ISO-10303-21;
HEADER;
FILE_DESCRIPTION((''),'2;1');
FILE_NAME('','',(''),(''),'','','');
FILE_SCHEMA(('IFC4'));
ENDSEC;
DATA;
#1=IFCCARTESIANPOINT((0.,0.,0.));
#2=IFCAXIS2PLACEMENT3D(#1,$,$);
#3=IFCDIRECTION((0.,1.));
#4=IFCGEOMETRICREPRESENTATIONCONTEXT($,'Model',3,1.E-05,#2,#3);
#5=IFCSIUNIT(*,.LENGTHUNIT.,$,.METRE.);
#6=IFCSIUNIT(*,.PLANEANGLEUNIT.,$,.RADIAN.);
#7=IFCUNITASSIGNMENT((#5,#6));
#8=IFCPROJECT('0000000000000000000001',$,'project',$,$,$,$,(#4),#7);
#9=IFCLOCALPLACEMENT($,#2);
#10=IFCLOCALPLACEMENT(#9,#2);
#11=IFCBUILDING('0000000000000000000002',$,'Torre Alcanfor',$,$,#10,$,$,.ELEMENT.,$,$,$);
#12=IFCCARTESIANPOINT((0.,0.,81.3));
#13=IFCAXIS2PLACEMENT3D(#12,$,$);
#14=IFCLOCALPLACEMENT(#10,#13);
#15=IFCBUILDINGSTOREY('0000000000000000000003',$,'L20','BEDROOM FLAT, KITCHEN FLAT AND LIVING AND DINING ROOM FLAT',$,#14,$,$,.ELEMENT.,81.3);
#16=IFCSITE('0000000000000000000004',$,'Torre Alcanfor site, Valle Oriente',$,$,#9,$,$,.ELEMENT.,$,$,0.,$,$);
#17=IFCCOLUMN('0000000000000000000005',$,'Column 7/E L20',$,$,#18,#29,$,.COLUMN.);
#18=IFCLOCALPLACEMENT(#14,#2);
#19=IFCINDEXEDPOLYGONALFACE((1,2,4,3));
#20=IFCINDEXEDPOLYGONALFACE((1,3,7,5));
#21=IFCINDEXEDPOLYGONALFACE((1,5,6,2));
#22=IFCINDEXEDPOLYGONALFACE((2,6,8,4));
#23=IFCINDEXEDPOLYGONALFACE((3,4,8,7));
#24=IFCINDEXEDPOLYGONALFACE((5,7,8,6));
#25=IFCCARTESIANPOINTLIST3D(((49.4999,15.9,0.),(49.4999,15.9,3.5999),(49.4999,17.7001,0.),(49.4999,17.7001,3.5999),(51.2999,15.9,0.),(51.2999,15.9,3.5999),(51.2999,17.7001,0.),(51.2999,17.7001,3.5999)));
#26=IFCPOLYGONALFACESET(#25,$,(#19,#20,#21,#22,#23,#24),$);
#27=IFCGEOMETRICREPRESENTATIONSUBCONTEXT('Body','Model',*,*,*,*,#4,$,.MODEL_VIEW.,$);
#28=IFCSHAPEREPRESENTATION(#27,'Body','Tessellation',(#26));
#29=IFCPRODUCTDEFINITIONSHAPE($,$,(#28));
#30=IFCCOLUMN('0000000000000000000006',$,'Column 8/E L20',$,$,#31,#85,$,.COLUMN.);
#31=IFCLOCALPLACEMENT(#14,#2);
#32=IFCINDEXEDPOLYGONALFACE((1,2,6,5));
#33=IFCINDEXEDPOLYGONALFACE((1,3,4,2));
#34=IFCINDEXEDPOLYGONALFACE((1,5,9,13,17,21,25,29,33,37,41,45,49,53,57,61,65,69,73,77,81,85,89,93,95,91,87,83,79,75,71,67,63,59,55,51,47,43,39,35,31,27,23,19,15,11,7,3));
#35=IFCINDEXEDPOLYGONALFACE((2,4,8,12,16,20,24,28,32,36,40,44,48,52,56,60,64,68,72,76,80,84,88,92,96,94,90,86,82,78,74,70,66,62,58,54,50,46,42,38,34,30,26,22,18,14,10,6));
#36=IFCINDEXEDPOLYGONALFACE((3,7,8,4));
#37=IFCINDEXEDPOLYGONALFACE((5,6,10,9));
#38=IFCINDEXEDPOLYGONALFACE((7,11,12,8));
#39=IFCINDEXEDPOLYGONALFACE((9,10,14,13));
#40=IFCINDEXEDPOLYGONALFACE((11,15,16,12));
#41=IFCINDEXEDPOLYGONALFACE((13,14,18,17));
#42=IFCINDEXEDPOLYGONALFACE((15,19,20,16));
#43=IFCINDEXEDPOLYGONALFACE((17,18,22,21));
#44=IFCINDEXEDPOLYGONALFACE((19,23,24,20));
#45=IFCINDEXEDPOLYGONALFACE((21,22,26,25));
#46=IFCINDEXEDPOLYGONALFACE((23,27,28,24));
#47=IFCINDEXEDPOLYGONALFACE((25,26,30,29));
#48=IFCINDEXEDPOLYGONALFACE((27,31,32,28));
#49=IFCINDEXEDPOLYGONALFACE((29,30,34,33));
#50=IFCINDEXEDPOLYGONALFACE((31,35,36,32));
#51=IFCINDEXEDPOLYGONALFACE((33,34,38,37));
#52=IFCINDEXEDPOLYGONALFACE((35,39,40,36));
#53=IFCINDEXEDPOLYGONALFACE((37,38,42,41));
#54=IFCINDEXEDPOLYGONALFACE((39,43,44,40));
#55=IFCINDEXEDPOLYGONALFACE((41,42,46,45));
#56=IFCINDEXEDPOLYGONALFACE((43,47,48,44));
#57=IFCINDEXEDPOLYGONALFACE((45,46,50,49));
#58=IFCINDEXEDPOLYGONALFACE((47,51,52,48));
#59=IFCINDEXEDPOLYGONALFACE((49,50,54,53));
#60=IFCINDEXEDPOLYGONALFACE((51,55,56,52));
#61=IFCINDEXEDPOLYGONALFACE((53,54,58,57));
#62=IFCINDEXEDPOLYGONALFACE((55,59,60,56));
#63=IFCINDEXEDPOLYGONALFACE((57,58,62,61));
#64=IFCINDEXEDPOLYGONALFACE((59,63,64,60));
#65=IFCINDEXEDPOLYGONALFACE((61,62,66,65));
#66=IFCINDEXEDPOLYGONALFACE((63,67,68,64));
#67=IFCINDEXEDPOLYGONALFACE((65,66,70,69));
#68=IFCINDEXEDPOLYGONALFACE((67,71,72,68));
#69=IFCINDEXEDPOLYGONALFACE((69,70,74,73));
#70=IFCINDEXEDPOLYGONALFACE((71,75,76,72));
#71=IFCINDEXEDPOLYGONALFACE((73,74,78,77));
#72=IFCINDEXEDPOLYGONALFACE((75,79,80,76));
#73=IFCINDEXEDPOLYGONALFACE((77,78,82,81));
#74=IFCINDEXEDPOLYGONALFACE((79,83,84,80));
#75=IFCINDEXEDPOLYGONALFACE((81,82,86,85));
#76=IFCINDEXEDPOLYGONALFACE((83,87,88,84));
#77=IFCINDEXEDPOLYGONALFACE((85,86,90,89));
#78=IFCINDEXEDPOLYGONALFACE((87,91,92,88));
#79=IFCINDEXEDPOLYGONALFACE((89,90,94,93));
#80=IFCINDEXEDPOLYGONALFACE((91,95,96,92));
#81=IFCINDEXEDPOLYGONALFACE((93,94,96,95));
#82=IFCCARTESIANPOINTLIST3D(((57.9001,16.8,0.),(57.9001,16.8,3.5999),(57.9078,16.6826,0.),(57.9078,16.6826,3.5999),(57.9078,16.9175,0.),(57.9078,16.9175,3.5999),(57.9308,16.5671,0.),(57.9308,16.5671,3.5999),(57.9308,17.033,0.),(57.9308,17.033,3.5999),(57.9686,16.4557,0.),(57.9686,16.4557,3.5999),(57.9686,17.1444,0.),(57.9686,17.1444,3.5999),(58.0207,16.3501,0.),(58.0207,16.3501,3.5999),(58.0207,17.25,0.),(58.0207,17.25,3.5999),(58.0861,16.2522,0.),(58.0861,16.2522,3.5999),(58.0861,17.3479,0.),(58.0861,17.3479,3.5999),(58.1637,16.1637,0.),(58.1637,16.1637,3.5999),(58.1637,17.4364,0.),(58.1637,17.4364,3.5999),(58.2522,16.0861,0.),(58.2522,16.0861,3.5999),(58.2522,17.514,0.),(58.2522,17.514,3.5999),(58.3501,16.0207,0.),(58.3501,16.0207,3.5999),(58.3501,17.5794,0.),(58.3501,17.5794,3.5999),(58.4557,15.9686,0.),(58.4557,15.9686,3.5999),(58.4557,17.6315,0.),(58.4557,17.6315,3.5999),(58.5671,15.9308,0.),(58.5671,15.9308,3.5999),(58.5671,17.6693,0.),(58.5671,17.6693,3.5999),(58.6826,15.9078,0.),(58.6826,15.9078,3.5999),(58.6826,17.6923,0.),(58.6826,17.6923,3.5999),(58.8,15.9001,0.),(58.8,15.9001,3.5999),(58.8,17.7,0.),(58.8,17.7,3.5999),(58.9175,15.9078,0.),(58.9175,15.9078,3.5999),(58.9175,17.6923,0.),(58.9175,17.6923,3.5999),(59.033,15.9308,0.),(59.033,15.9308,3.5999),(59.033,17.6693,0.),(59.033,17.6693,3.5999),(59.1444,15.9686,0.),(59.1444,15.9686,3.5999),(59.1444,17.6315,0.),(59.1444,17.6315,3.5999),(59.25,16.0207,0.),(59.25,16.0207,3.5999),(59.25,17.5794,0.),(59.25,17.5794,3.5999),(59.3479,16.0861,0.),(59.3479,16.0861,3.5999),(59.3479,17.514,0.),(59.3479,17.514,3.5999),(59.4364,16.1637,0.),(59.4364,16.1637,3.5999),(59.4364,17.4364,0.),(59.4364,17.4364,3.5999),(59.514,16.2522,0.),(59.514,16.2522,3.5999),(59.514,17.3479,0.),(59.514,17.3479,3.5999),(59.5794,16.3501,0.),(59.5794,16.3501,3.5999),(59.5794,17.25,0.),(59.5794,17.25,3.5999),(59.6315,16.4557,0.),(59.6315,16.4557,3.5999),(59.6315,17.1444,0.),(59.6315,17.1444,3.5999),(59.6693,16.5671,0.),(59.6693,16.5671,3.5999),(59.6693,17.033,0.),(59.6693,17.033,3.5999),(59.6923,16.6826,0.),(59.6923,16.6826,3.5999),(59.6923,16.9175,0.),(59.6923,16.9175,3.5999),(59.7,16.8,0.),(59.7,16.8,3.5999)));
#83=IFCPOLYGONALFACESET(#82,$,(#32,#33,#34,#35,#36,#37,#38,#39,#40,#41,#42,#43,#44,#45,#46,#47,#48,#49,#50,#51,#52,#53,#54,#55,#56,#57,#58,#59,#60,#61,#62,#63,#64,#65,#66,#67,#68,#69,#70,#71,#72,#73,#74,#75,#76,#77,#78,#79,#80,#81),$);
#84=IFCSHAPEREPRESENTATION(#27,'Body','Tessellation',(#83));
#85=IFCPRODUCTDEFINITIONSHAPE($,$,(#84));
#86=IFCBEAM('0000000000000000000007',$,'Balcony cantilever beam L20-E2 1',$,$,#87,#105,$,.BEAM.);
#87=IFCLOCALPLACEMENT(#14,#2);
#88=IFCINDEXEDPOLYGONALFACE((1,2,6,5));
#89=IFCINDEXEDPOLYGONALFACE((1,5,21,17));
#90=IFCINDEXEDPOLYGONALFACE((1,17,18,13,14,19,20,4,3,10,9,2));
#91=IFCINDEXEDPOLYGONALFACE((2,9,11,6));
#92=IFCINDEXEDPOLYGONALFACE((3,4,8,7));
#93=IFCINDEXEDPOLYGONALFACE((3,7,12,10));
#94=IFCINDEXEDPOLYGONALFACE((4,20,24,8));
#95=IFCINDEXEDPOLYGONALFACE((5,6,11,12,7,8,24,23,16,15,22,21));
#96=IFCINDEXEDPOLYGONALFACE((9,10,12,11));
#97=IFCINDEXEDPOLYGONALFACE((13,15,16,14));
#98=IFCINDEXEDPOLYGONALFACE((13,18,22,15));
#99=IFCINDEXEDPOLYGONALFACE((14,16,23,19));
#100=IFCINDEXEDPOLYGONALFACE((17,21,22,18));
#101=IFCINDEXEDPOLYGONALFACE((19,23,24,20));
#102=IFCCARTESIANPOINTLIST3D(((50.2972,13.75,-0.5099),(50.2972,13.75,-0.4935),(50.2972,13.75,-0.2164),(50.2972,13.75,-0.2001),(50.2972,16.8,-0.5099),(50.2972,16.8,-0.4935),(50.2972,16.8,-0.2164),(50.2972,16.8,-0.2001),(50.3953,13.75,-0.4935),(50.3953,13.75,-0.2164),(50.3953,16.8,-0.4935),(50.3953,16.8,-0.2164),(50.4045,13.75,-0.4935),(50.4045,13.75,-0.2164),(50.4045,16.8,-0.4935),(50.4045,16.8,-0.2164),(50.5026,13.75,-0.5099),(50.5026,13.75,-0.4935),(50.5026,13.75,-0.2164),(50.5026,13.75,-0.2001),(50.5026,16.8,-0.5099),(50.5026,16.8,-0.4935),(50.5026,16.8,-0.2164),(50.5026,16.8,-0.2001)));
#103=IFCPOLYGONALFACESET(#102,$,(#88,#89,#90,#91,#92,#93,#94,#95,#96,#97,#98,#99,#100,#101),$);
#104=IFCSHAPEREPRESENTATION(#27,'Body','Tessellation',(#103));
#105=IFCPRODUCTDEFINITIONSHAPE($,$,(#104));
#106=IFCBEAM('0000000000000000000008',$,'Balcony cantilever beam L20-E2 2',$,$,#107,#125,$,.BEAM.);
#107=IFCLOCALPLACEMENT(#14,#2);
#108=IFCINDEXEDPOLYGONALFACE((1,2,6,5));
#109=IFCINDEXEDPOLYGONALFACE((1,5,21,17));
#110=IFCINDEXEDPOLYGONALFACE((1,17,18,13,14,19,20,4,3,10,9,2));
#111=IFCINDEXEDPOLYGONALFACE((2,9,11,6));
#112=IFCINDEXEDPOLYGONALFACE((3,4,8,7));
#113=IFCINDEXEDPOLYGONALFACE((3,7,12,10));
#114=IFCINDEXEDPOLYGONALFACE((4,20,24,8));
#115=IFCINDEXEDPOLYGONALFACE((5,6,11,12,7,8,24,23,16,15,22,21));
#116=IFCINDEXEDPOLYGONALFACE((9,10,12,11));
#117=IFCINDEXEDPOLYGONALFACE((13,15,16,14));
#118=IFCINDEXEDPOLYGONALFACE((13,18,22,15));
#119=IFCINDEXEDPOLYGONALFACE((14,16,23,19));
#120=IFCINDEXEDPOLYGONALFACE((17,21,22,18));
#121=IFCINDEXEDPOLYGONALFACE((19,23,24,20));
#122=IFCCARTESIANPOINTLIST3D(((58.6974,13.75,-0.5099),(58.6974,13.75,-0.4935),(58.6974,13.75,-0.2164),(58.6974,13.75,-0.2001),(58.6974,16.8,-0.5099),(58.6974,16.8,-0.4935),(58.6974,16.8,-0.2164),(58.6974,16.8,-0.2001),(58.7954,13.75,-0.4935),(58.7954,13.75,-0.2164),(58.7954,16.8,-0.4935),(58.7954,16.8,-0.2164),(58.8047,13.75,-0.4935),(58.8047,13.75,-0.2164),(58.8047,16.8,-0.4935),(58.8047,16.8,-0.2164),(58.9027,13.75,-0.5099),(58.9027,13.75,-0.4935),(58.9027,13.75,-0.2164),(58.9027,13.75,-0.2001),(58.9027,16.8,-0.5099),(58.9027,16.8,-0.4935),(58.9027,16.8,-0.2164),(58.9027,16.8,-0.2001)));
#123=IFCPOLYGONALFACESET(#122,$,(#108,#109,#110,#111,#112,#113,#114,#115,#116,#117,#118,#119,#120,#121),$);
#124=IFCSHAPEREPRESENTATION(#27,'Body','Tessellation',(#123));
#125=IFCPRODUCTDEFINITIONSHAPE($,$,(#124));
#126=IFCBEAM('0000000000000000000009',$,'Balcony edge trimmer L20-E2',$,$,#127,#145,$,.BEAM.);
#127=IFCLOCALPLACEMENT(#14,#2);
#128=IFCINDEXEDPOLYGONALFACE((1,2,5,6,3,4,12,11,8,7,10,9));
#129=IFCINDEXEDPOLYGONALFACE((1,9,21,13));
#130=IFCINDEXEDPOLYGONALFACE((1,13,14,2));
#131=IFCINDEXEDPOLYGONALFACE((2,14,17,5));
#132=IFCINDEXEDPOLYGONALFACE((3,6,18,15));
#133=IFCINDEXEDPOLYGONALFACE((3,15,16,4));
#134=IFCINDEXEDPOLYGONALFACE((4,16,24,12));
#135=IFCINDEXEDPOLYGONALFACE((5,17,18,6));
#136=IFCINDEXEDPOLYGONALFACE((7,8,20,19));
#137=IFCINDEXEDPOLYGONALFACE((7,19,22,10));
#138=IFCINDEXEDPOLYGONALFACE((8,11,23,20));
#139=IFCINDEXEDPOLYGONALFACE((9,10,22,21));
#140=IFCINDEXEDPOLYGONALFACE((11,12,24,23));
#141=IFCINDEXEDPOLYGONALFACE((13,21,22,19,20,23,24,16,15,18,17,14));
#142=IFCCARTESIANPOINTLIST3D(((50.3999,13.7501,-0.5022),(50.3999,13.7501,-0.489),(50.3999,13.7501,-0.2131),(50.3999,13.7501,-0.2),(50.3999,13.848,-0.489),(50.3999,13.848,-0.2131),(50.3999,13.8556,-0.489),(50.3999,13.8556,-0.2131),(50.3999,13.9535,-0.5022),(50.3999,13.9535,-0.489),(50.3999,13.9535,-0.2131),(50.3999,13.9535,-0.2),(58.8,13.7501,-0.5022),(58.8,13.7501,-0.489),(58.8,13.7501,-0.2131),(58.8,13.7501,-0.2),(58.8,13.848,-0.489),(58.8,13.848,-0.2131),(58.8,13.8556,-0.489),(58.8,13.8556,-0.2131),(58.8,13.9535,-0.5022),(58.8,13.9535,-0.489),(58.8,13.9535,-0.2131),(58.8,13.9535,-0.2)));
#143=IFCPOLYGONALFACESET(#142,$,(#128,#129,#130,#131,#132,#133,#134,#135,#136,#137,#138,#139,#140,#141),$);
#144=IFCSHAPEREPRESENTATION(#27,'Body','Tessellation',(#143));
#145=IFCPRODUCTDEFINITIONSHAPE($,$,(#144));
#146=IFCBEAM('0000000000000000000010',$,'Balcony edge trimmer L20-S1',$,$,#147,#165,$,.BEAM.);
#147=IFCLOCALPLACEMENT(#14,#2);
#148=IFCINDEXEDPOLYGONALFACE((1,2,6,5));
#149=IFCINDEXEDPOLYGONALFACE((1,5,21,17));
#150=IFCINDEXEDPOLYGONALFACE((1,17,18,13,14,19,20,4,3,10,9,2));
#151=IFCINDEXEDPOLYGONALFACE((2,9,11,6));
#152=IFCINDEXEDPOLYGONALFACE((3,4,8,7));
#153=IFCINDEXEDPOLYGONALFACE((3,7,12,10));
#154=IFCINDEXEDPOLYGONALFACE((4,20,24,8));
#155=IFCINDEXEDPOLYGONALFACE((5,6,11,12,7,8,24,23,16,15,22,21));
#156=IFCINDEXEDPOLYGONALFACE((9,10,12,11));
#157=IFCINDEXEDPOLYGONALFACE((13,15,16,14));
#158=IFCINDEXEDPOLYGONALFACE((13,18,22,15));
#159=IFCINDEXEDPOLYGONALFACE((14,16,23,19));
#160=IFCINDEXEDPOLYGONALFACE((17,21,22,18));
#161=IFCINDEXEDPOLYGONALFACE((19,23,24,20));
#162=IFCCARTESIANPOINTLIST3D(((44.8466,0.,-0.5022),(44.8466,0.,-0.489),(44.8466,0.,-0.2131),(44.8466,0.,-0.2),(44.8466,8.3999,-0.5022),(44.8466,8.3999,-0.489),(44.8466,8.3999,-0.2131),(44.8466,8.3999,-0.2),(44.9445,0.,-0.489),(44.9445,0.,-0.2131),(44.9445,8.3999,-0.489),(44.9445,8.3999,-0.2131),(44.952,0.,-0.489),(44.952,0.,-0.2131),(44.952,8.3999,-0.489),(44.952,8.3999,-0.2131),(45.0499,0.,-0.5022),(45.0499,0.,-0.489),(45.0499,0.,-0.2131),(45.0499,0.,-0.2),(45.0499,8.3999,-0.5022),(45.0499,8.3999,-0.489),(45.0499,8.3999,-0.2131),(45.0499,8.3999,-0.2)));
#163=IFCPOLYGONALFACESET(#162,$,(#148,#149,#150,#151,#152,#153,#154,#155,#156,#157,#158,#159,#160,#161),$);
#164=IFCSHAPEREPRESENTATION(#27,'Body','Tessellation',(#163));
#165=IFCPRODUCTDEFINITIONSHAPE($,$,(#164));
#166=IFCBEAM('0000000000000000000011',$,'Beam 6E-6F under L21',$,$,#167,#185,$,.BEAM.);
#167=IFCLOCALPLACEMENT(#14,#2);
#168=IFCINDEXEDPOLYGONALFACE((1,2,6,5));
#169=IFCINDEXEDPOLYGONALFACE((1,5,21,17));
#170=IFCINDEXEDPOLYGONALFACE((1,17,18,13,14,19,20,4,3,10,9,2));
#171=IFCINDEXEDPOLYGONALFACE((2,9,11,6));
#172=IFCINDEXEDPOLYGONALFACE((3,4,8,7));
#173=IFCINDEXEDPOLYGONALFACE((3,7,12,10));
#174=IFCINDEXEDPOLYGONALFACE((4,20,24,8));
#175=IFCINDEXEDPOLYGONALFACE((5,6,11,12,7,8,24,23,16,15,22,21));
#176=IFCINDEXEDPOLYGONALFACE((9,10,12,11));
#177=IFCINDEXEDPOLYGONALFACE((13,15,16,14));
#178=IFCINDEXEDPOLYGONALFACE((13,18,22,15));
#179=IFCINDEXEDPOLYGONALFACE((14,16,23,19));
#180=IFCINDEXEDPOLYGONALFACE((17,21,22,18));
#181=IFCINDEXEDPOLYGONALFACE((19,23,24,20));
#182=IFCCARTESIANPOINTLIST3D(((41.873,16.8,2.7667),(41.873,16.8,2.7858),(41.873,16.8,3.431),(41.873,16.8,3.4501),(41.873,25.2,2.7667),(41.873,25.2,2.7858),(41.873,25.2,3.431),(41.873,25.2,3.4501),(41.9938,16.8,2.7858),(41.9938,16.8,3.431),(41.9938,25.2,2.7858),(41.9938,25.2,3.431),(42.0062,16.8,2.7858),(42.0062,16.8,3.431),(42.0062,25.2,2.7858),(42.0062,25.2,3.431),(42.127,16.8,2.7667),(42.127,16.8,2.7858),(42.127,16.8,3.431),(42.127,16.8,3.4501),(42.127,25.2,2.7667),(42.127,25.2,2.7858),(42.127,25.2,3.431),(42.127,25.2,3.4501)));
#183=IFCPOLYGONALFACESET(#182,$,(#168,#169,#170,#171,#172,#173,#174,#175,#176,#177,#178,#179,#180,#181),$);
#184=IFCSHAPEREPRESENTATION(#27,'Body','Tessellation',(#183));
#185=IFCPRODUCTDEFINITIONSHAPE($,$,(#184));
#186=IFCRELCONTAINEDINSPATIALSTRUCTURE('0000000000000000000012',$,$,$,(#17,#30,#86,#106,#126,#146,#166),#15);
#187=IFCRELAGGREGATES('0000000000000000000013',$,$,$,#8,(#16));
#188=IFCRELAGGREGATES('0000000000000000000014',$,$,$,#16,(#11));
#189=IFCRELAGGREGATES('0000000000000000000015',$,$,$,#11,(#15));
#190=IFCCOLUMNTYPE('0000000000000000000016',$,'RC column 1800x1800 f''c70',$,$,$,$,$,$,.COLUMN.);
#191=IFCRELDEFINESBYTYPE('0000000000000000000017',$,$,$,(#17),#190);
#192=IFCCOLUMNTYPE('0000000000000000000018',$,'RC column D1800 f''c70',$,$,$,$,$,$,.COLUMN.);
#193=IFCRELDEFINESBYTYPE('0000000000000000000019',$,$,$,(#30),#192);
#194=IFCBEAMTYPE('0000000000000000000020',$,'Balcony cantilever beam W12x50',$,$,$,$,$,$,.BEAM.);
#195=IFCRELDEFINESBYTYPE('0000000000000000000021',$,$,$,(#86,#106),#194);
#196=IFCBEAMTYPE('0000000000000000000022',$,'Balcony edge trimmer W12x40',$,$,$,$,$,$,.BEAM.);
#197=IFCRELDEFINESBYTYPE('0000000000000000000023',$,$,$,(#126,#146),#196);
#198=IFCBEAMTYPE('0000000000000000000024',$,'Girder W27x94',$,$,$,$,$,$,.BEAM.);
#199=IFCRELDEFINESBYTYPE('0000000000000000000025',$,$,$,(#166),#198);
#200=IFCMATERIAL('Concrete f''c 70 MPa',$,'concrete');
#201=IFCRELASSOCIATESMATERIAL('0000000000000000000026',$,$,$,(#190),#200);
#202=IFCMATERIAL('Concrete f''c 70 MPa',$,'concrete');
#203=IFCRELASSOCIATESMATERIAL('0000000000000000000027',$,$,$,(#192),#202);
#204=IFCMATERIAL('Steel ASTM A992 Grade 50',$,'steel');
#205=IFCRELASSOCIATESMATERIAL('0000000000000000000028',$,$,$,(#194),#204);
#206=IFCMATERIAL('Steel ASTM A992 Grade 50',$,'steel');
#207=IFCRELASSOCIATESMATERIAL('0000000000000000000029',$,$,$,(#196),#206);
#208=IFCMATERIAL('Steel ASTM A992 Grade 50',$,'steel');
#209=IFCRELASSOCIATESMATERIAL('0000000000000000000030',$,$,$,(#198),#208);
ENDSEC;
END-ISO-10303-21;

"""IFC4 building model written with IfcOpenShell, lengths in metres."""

from ifc_helpers import new_model, si_unit, direction, frame, origin, origin_2d, place, context, subcontext, project, spatial, rectangle, circle, i_section, extrude, material, material_profile, profile_set, type_object, element, save


model = new_model("IFC4")

# Units and contexts
model_context = context("Model", 3, precision=1e-05, world=origin(), true_north=direction((0.0, 1.0)))
body_context = subcontext(model_context, "Body", "Model", "MODEL_VIEW")
ifc_project = project(units=[si_unit("LENGTHUNIT", "METRE"), si_unit("PLANEANGLEUNIT", "RADIAN")], contexts=[model_context])

# Site, building, storey
site_placement = place(None, origin())
site = spatial("IfcSite", under=ifc_project, at=site_placement, Name="Torre Alcanfor site, Valle Oriente", CompositionType="ELEMENT", RefElevation=0.0)
building_placement = place(site_placement, origin())
building = spatial("IfcBuilding", under=site, at=building_placement, Name="Torre Alcanfor", CompositionType="ELEMENT")
storey_placement = place(building_placement, frame((0.0, 0.0, 81.3)))
storey = spatial("IfcBuildingStorey", under=building, at=storey_placement, Name="L20", Description="BEDROOM FLAT, KITCHEN FLAT AND LIVING AND DINING ROOM FLAT", CompositionType="ELEMENT", Elevation=81.3)

# Columns
ifc_material_1 = material(Name="Concrete f'c 70 MPa", Category="concrete")
ifc_material_profile_1 = material_profile(ifc_material_1, rectangle(XDim=1.8, YDim=1.8, at=origin_2d()), Name="1800x1800")
ifc_profile_set_1 = profile_set([ifc_material_profile_1], Name="Concrete f'c 70 MPa")
column_type_1 = type_object("IfcColumnType", Name="RC column 1800x1800 f'c70", PredefinedType="COLUMN", material=ifc_profile_set_1)
column_1_placement = place(storey_placement, frame((50.3999, 16.8, 0.0), z_axis=(0.0, 0.0, 1.0), x_axis=(1.0, 0.0, 0.0)))
element("IfcColumn", 1, at=column_1_placement, inside=storey, type_object=column_type_1, Name="Column 7/E L20", PredefinedType="COLUMN", context=body_context, shape_type="SweptSolid", body=[
    extrude(rectangle(XDim=1.8, YDim=1.8, at=origin_2d()), origin(), (0.0, 0.0, 1.0), 3.5999),
])
ifc_material_2 = material(Name="Concrete f'c 70 MPa", Category="concrete")
ifc_material_profile_2 = material_profile(ifc_material_2, circle(Radius=0.8999, at=origin_2d()), Name="D1800")
ifc_profile_set_2 = profile_set([ifc_material_profile_2], Name="Concrete f'c 70 MPa")
column_type_2 = type_object("IfcColumnType", Name="RC column D1800 f'c70", PredefinedType="COLUMN", material=ifc_profile_set_2)
column_2_placement = place(storey_placement, frame((58.8, 16.8, 0.0), z_axis=(0.0, 0.0, 1.0), x_axis=(1.0, 0.0, 0.0)))
element("IfcColumn", 2, at=column_2_placement, inside=storey, type_object=column_type_2, Name="Column 8/E L20", PredefinedType="COLUMN", context=body_context, shape_type="SweptSolid", body=[
    extrude(circle(Radius=0.8999, at=origin_2d()), origin(), (0.0, 0.0, 1.0), 3.5999),
])

# Beams
ifc_material_3 = material(Name="Steel ASTM A992 Grade 50", Category="steel")
ifc_material_profile_3 = material_profile(ifc_material_3, i_section(OverallWidth=0.2053, OverallDepth=0.3098, WebThickness=0.0093, FlangeThickness=0.0164, at=origin_2d()), Name="W12x50")
ifc_profile_set_3 = profile_set([ifc_material_profile_3], Name="Steel ASTM A992 Grade 50")
beam_type_1 = type_object("IfcBeamType", Name="Balcony cantilever beam W12x50", PredefinedType="BEAM", material=ifc_profile_set_3)
for number, where, z_axis, x_axis, name in (
    (3, (50.3999, 16.8, -0.355), (0.0, -1.0, 0.0), (1.0, 0.0, 0.0), "Balcony cantilever beam L20-E2 1"),
    (4, (58.8, 16.8, -0.355), (0.0, -1.0, 0.0), (1.0, 0.0, 0.0), "Balcony cantilever beam L20-E2 2"),
):
    element("IfcBeam", number, at=place(storey_placement, frame(where, z_axis=z_axis, x_axis=x_axis)), inside=storey, type_object=beam_type_1, Name=name, PredefinedType="BEAM", context=body_context, shape_type="SweptSolid", body=[
        extrude(i_section(OverallWidth=0.2053, OverallDepth=0.3098, WebThickness=0.0093, FlangeThickness=0.0164, at=origin_2d()), origin(), (0.0, 0.0, 1.0), 3.05),
    ])
ifc_material_4 = material(Name="Steel ASTM A992 Grade 50", Category="steel")
ifc_material_profile_4 = material_profile(ifc_material_4, i_section(OverallWidth=0.2034, OverallDepth=0.3022, WebThickness=0.0076, FlangeThickness=0.0132, at=origin_2d()), Name="W12x40")
ifc_profile_set_4 = profile_set([ifc_material_profile_4], Name="Steel ASTM A992 Grade 50")
beam_type_2 = type_object("IfcBeamType", Name="Balcony edge trimmer W12x40", PredefinedType="BEAM", material=ifc_profile_set_4)
beam_1_placement = place(storey_placement, frame((50.3999, 13.8518, -0.3511), z_axis=(1.0, 0.0, 0.0), x_axis=(0.0, 1.0, 0.0)))
element("IfcBeam", 5, at=beam_1_placement, inside=storey, type_object=beam_type_2, Name="Balcony edge trimmer L20-E2", PredefinedType="BEAM", context=body_context, shape_type="SweptSolid", body=[
    extrude(i_section(OverallWidth=0.2034, OverallDepth=0.3022, WebThickness=0.0076, FlangeThickness=0.0132, at=origin_2d()), origin(), (0.0, 0.0, 1.0), 8.4001),
])
beam_2_placement = place(storey_placement, frame((44.9482, 8.3999, -0.3511), z_axis=(0.0, -1.0, 0.0), x_axis=(1.0, 0.0, 0.0)))
element("IfcBeam", 6, at=beam_2_placement, inside=storey, type_object=beam_type_2, Name="Balcony edge trimmer L20-S1", PredefinedType="BEAM", context=body_context, shape_type="SweptSolid", body=[
    extrude(i_section(OverallWidth=0.2034, OverallDepth=0.3022, WebThickness=0.0076, FlangeThickness=0.0132, at=origin_2d()), origin(), (0.0, 0.0, 1.0), 8.3999),
])
ifc_material_5 = material(Name="Steel ASTM A992 Grade 50", Category="steel")
ifc_material_profile_5 = material_profile(ifc_material_5, i_section(OverallWidth=0.2539, OverallDepth=0.6833, WebThickness=0.0125, FlangeThickness=0.019, at=origin_2d()), Name="W27x94")
ifc_profile_set_5 = profile_set([ifc_material_profile_5], Name="Steel ASTM A992 Grade 50")
beam_type_3 = type_object("IfcBeamType", Name="Girder W27x94", PredefinedType="BEAM", material=ifc_profile_set_5)
for number, where, z_axis, x_axis, name in (
    (7, (42.0, 16.8, 3.1084), (0.0, 1.0, 0.0), (-1.0, 0.0, 0.0), "Beam 6E-6F under L21"),
):
    element("IfcBeam", number, at=place(storey_placement, frame(where, z_axis=z_axis, x_axis=x_axis)), inside=storey, type_object=beam_type_3, Name=name, PredefinedType="BEAM", context=body_context, shape_type="SweptSolid", body=[
        extrude(i_section(OverallWidth=0.2539, OverallDepth=0.6833, WebThickness=0.0125, FlangeThickness=0.019, at=origin_2d()), origin(), (0.0, 0.0, 1.0), 8.3999),
    ])

save(model, "model.ifc")
